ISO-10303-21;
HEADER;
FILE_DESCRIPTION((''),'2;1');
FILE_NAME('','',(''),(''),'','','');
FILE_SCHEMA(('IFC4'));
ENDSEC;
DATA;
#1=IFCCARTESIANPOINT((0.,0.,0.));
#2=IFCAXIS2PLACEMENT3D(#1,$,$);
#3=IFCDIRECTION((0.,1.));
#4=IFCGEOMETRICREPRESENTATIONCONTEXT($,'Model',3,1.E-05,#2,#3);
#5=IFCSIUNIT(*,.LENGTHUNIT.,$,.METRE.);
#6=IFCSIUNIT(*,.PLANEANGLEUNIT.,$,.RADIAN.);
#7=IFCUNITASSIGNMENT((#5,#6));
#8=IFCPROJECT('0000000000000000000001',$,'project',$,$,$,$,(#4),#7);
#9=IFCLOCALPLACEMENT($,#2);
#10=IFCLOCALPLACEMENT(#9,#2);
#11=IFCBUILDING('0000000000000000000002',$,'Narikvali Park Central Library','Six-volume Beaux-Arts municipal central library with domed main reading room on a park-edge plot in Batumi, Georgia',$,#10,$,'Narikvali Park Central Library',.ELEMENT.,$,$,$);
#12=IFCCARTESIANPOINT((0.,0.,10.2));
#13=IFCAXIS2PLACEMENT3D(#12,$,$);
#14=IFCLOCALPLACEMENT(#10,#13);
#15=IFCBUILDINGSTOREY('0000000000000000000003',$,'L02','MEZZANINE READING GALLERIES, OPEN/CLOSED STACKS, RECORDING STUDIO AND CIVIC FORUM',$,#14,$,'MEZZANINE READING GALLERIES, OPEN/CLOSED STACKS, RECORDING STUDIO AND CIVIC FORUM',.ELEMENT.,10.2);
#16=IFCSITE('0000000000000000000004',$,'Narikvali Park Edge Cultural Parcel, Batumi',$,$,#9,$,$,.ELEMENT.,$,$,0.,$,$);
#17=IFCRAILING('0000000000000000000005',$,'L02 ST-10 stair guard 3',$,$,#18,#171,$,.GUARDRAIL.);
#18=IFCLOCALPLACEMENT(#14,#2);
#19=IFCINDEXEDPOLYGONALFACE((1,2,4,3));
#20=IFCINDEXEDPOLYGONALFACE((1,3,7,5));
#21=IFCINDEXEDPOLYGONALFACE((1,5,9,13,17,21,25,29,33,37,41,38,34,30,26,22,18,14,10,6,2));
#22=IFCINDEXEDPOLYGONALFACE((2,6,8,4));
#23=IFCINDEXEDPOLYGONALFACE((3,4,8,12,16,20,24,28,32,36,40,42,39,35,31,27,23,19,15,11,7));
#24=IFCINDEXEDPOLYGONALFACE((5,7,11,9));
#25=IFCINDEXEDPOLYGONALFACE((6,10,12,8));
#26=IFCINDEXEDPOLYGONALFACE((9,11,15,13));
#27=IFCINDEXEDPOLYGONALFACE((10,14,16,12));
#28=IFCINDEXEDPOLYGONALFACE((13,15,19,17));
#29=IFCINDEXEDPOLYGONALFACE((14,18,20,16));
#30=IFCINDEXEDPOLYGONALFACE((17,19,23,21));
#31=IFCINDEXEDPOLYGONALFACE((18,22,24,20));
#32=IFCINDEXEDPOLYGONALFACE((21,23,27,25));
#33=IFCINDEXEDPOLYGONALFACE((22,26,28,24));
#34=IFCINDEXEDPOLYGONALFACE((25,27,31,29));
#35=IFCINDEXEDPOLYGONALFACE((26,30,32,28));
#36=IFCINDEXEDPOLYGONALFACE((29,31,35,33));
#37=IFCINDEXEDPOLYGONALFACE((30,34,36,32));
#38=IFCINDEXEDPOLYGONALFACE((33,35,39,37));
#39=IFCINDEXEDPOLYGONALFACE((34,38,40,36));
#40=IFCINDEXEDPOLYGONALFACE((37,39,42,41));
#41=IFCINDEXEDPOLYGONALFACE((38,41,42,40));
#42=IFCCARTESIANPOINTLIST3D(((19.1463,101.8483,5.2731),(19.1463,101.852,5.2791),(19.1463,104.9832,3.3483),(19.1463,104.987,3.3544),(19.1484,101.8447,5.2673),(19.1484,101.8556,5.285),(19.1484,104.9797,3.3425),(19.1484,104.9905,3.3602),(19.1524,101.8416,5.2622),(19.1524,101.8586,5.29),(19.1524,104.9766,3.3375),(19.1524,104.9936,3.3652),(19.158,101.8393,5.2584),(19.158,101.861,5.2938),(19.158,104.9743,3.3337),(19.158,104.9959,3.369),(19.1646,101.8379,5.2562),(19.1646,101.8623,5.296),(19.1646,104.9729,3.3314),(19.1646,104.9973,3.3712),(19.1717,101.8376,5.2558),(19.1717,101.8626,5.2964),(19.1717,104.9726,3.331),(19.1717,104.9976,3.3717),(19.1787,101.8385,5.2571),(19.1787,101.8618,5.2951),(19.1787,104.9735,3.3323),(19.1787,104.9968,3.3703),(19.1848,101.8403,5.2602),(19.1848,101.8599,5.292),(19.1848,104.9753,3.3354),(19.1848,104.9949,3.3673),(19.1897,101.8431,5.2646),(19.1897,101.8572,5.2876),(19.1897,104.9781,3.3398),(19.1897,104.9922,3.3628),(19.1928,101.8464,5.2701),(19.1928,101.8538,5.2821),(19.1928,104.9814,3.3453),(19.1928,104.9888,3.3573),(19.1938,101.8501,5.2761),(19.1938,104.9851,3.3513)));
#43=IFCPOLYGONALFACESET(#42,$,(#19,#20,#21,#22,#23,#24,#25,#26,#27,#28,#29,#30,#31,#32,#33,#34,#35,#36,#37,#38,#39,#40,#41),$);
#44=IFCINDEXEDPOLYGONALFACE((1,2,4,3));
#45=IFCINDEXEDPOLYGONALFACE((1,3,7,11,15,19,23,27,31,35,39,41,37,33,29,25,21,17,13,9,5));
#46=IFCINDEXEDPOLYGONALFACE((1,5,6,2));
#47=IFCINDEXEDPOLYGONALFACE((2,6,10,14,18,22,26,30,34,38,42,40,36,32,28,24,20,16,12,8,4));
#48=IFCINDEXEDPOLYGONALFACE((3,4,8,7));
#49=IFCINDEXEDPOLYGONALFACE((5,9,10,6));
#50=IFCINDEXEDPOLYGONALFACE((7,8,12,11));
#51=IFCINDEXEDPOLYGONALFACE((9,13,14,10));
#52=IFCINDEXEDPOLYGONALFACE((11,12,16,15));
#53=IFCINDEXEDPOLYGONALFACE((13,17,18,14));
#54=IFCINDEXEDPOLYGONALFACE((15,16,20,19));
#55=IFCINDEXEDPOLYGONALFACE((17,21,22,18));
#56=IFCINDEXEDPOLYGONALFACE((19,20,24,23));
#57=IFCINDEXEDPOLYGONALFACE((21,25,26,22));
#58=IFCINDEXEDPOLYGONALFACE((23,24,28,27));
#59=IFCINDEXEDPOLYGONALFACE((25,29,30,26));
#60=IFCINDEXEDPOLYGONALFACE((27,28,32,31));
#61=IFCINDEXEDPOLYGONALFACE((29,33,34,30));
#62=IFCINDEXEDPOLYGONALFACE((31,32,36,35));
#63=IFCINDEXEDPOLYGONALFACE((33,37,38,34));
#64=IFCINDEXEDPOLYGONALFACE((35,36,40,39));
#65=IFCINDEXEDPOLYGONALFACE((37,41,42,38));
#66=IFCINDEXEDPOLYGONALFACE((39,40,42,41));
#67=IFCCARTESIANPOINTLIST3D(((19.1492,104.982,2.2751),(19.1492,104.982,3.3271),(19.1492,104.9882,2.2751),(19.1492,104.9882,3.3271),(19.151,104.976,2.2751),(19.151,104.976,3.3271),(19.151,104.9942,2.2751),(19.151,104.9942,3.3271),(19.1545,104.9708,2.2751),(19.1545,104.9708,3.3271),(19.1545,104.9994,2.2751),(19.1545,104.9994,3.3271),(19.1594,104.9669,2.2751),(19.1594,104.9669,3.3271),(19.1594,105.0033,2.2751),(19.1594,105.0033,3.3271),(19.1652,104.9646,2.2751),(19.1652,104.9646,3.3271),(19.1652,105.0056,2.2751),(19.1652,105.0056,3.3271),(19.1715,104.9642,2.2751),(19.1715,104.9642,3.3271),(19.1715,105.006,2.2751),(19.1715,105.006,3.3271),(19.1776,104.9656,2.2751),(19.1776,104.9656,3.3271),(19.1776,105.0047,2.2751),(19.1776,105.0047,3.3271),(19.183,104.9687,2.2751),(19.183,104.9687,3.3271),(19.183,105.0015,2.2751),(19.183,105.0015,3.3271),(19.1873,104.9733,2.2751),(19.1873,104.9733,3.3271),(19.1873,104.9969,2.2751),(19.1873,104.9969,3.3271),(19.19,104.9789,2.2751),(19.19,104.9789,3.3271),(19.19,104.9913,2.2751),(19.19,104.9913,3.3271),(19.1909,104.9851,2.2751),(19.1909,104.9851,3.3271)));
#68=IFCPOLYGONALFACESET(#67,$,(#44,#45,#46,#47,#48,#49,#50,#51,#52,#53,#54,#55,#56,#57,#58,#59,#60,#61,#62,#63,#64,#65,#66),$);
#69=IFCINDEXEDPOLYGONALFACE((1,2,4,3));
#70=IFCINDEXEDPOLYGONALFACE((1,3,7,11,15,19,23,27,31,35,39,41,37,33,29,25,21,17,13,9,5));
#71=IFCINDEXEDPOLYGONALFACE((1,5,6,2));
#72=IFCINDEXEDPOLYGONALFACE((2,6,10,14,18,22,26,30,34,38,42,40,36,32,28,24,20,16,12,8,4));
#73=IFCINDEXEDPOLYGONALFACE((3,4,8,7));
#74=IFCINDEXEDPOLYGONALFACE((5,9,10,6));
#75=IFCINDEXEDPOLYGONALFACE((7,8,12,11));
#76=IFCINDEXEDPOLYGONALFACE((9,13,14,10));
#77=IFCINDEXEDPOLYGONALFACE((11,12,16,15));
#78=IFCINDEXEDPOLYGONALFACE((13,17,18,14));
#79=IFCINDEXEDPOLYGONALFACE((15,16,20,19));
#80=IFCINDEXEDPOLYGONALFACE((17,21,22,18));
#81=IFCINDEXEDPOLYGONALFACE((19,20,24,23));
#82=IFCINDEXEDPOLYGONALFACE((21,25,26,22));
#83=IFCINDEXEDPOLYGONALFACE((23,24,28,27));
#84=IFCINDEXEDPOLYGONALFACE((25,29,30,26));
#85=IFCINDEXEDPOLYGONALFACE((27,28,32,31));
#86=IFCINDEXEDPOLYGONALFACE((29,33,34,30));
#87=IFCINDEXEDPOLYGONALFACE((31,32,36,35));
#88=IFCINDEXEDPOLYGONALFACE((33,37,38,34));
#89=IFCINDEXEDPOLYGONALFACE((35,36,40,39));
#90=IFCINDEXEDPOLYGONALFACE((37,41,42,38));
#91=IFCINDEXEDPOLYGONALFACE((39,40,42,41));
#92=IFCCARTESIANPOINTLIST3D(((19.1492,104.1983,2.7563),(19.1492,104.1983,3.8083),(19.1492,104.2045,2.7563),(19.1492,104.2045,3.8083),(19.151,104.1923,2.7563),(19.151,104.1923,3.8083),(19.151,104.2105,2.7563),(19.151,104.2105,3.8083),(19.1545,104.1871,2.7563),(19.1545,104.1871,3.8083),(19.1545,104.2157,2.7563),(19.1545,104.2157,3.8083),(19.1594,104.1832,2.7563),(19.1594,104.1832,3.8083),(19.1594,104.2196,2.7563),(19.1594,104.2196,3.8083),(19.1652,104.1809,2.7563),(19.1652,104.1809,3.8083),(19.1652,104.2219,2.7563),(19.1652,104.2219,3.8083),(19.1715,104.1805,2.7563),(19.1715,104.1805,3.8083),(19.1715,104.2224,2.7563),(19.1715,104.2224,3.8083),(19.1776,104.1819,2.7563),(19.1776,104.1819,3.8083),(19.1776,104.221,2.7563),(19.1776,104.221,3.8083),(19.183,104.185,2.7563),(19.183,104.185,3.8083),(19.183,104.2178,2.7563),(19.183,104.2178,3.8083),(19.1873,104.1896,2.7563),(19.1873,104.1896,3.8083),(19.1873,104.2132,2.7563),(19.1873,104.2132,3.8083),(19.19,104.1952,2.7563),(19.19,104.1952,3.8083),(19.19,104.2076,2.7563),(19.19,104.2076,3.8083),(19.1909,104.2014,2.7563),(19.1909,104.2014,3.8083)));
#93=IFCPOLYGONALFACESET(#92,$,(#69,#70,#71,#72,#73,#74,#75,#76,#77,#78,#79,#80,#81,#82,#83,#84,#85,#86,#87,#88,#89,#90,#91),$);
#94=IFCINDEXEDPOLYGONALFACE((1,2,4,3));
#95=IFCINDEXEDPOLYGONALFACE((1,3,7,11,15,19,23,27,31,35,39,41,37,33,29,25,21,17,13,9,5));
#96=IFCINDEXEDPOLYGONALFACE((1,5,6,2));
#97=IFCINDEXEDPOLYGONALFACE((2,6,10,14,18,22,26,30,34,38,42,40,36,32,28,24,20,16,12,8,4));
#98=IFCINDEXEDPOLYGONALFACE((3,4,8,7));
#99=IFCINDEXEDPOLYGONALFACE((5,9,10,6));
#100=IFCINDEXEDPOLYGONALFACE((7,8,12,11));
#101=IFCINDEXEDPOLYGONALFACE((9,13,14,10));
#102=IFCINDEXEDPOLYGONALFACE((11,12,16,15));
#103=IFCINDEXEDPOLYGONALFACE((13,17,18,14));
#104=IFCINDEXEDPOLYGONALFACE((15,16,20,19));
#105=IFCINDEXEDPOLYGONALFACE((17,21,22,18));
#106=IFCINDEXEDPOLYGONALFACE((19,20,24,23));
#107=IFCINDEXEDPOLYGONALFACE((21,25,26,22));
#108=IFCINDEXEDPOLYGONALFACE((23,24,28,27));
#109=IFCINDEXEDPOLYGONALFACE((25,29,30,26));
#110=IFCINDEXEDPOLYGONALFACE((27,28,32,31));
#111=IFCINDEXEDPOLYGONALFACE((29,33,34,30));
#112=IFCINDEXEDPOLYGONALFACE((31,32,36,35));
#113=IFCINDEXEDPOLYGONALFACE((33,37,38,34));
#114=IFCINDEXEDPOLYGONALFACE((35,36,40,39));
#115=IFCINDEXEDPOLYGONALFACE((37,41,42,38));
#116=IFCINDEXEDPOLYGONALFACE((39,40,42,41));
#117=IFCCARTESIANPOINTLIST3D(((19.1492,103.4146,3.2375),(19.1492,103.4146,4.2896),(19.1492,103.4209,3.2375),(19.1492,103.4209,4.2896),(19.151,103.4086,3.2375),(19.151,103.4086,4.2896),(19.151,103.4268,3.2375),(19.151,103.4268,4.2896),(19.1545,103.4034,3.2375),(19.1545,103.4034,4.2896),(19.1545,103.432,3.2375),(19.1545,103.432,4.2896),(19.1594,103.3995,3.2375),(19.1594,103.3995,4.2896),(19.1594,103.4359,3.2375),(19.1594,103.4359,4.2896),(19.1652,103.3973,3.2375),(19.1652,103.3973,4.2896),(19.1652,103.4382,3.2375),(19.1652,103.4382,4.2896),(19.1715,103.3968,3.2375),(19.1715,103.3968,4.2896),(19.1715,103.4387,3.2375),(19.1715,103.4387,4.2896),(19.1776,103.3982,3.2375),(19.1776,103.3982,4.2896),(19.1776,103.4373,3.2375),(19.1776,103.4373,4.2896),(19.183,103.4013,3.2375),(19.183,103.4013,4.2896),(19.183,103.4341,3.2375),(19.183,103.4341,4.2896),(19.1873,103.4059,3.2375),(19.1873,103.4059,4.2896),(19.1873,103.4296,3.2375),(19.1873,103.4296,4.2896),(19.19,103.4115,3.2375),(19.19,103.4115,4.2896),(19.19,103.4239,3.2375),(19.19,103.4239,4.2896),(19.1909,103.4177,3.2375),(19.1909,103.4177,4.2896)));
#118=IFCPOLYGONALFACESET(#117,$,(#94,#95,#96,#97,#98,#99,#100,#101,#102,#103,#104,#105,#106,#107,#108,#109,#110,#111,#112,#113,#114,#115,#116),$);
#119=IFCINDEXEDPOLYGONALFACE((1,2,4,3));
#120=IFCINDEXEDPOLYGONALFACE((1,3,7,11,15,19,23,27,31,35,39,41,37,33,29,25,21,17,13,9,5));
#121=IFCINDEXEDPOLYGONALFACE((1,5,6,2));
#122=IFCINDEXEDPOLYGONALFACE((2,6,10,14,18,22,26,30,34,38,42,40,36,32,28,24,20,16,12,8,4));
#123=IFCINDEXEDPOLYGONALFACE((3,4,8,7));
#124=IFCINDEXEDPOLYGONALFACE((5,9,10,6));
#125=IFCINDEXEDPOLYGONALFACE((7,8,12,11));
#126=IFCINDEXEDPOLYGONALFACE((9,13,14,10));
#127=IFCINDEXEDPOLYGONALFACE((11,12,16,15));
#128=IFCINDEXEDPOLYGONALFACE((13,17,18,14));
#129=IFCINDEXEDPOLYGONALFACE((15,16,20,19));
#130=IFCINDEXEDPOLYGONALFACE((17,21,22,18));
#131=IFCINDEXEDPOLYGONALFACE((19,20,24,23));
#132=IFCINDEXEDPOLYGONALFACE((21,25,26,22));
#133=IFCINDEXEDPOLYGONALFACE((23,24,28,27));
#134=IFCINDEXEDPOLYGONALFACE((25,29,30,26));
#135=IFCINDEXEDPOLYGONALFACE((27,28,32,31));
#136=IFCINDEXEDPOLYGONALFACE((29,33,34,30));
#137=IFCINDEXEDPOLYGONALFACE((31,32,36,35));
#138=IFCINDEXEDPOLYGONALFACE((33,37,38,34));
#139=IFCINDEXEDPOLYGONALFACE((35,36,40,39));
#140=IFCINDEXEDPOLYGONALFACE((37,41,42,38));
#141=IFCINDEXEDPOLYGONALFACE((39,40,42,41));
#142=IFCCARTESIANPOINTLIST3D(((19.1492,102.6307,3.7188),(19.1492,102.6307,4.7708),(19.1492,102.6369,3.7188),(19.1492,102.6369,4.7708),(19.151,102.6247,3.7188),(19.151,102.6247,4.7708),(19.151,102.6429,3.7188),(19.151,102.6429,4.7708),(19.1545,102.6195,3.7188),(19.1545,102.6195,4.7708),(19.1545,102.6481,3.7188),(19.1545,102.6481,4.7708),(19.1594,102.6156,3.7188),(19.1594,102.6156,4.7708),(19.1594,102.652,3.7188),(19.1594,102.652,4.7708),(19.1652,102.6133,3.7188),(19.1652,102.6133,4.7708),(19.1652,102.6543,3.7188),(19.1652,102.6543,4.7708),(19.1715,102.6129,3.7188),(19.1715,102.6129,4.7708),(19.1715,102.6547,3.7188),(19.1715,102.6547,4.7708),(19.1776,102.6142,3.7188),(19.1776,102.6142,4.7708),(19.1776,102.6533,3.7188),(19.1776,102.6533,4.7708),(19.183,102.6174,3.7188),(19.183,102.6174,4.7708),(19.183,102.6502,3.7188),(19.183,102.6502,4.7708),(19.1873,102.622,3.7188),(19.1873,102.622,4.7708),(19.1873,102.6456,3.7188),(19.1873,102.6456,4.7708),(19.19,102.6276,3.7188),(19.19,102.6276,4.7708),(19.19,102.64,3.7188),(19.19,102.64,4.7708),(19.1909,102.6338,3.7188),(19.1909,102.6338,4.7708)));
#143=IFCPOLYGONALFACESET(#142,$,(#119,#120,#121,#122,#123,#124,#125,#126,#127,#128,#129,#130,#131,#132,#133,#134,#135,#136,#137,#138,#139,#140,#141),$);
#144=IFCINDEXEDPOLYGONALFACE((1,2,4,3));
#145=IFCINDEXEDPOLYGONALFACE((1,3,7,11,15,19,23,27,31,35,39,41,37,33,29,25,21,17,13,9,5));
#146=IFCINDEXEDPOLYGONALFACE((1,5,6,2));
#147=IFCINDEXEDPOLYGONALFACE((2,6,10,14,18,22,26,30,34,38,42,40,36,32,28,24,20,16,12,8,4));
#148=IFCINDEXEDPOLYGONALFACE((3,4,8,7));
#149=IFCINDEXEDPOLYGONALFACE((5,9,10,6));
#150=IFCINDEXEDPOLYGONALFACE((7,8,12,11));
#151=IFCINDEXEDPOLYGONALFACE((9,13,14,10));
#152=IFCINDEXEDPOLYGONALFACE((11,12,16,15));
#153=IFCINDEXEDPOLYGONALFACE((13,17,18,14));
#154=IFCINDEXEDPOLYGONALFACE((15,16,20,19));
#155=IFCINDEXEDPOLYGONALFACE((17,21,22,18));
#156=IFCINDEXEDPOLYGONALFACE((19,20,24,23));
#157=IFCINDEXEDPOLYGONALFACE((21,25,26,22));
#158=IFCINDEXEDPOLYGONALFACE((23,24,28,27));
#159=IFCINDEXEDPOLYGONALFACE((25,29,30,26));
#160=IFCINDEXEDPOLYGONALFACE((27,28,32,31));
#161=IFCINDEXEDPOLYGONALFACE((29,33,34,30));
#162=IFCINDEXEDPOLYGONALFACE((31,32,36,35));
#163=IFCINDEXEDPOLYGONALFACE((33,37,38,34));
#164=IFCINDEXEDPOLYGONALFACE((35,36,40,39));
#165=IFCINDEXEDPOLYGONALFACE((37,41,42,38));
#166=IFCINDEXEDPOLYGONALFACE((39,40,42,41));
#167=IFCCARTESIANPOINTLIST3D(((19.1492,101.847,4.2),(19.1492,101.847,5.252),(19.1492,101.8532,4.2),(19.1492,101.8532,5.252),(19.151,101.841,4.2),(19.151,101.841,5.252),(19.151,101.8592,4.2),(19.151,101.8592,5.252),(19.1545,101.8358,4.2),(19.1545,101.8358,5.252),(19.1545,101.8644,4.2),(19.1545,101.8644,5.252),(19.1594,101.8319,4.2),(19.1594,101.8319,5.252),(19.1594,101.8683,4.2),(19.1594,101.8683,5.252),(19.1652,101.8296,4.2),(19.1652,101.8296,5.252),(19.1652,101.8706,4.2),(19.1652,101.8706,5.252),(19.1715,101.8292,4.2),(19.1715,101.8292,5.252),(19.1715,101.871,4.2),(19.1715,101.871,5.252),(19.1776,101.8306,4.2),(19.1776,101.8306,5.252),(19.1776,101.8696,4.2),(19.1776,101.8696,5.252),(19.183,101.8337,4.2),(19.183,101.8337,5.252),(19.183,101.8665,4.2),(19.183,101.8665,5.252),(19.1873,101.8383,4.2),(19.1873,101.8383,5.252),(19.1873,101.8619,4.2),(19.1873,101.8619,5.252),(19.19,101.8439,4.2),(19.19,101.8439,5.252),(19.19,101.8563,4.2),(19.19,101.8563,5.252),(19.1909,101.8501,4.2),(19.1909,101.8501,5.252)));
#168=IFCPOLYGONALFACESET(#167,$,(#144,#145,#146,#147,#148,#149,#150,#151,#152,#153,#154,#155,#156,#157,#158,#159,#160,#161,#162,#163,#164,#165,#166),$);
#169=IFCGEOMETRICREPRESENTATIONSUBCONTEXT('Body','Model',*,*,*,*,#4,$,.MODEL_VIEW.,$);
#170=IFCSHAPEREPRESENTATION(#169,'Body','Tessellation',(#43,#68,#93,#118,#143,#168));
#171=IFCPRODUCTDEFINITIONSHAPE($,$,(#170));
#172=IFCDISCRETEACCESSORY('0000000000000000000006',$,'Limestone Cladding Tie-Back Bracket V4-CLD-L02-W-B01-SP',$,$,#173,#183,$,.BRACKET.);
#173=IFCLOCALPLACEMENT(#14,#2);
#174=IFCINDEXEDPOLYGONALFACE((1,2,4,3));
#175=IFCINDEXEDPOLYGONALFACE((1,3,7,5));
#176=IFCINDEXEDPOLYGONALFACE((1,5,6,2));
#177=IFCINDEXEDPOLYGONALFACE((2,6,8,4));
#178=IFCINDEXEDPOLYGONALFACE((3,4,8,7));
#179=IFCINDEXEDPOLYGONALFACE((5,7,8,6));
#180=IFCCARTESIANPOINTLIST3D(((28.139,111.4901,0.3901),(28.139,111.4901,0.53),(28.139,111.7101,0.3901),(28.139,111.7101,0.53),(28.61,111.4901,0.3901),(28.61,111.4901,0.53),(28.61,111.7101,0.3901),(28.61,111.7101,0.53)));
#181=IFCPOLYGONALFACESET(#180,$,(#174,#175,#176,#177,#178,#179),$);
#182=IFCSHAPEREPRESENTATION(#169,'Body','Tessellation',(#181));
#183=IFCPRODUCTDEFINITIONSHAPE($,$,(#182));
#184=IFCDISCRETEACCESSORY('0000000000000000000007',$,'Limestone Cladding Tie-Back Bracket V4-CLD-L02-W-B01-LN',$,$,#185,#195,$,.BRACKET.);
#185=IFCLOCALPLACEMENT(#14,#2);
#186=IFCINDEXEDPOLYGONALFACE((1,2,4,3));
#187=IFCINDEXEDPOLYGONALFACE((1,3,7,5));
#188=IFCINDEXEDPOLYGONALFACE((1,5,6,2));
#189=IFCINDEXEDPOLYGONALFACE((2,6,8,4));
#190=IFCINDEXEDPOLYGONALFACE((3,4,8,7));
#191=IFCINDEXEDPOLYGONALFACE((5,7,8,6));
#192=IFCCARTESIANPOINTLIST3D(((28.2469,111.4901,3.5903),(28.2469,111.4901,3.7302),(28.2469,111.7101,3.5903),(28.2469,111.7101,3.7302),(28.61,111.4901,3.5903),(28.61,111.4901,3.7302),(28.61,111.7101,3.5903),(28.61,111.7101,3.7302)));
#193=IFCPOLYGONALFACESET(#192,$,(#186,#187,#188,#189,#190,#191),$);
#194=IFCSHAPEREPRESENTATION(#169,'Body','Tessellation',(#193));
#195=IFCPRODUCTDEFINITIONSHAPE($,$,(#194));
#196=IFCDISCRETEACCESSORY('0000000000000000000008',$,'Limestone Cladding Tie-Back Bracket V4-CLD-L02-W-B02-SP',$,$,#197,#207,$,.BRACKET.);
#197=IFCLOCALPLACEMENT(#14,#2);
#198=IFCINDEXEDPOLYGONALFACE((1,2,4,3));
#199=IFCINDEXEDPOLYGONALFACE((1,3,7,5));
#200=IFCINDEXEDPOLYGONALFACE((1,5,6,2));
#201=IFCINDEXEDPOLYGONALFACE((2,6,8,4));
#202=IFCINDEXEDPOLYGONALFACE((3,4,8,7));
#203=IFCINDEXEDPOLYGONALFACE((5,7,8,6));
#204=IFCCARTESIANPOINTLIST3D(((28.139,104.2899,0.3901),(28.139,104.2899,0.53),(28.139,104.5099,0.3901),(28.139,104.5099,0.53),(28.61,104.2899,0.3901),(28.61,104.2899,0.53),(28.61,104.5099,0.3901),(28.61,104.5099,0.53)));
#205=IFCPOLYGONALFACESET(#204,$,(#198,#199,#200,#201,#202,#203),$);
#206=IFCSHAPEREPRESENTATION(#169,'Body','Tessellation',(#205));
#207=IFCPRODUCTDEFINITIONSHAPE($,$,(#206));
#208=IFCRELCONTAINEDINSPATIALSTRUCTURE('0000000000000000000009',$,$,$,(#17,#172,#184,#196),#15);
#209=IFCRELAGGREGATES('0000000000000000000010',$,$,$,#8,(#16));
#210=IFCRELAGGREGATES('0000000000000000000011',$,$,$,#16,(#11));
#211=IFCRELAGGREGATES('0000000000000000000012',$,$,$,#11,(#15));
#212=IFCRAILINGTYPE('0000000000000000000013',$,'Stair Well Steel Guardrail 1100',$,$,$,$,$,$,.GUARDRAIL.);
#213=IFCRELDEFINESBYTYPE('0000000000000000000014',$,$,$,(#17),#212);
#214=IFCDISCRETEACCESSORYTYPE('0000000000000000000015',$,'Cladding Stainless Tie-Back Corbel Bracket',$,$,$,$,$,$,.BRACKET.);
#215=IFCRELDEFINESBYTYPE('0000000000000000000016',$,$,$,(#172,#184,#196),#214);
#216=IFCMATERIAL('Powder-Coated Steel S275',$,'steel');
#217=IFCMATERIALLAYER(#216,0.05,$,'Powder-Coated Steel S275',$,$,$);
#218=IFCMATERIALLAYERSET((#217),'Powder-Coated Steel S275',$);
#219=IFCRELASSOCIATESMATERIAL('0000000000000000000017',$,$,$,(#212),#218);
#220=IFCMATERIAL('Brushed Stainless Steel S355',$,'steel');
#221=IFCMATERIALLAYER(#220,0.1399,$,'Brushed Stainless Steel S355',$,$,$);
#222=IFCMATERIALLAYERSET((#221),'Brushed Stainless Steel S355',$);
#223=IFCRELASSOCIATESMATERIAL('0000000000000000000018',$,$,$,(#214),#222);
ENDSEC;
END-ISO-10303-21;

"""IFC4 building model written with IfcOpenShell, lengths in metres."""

from ifc_helpers import new_model, si_unit, direction, frame, origin, origin_2d, place, context, subcontext, project, spatial, rectangle, circle, extrude, material, layer, layer_set, type_object, element, save


model = new_model("IFC4")

# Units and contexts
model_context = context("Model", 3, precision=1e-05, world=origin(), true_north=direction((0.0, 1.0)))
body_context = subcontext(model_context, "Body", "Model", "MODEL_VIEW")
ifc_project = project(units=[si_unit("LENGTHUNIT", "METRE"), si_unit("PLANEANGLEUNIT", "RADIAN")], contexts=[model_context])

# Site, building, storey
site_placement = place(None, origin())
site = spatial("IfcSite", under=ifc_project, at=site_placement, Name="Narikvali Park Edge Cultural Parcel, Batumi", CompositionType="ELEMENT", RefElevation=0.0)
building_placement = place(site_placement, origin())
building = spatial("IfcBuilding", under=site, at=building_placement, Name="Narikvali Park Central Library", Description="Six-volume Beaux-Arts municipal central library with domed main reading room on a park-edge plot in Batumi, Georgia", LongName="Narikvali Park Central Library", CompositionType="ELEMENT")
storey_placement = place(building_placement, frame((0.0, 0.0, 10.2)))
storey = spatial("IfcBuildingStorey", under=building, at=storey_placement, Name="L02", Description="MEZZANINE READING GALLERIES, OPEN/CLOSED STACKS, RECORDING STUDIO AND CIVIC FORUM", LongName="MEZZANINE READING GALLERIES, OPEN/CLOSED STACKS, RECORDING STUDIO AND CIVIC FORUM", CompositionType="ELEMENT", Elevation=10.2)

# Railing
ifc_material_1 = material(Name="Brushed Stainless Steel S355", Category="steel")
ifc_material_2 = material(Name="Powder-Coated Steel S275", Category="steel")
ifc_layer_1 = layer(ifc_material_2, 0.05, Name="Powder-Coated Steel S275")
ifc_layer_set_1 = layer_set([ifc_layer_1], Name="Powder-Coated Steel S275")
railing_type_1 = type_object("IfcRailingType", Name="Stair Well Steel Guardrail 1100", PredefinedType="GUARDRAIL", material=ifc_layer_set_1)
railing_1_placement = place(storey_placement, frame((19.1699, 104.9851, 2.2751)))
element("IfcRailing", 1, at=railing_1_placement, inside=storey, type_object=railing_type_1, Name="L02 ST-10 stair guard 3", PredefinedType="GUARDRAIL", context=body_context, shape_type="SweptSolid", body=[
    extrude(circle(Radius=0.0239, at=origin_2d()), frame((0.0, 0.0, 1.0762), z_axis=(0.0, -0.852196, 0.523223), x_axis=(1.0, 0.0, 0.0)), (0.0, 0.0, 1.0), 3.6787),
    extrude(circle(Radius=0.021, at=origin_2d()), origin(), (0.0, 0.0, 1.0), 1.052),
    extrude(circle(Radius=0.021, at=origin_2d()), frame((0.0, -0.7837, 0.4812)), (0.0, 0.0, 1.0), 1.052),
    extrude(circle(Radius=0.021, at=origin_2d()), frame((0.0, -1.5674, 0.9624)), (0.0, 0.0, 1.0), 1.052),
    extrude(circle(Radius=0.021, at=origin_2d()), frame((0.0, -2.3513, 1.4436)), (0.0, 0.0, 1.0), 1.052),
    extrude(circle(Radius=0.021, at=origin_2d()), frame((0.0, -3.135, 1.9248)), (0.0, 0.0, 1.0), 1.052),
])

# Discrete accessories
ifc_layer_2 = layer(ifc_material_1, 0.1399, Name="Brushed Stainless Steel S355")
ifc_layer_set_2 = layer_set([ifc_layer_2], Name="Brushed Stainless Steel S355")
discrete_accessory_type = type_object("IfcDiscreteAccessoryType", Name="Cladding Stainless Tie-Back Corbel Bracket", PredefinedType="BRACKET", material=ifc_layer_set_2)
discrete_accessory_1_placement = place(storey_placement, frame((28.3745, 111.6001, 0.3901), z_axis=(0.0, 0.0, 1.0), x_axis=(1.0, 0.0, 0.0)))
element("IfcDiscreteAccessory", 2, at=discrete_accessory_1_placement, inside=storey, type_object=discrete_accessory_type, Name="Limestone Cladding Tie-Back Bracket V4-CLD-L02-W-B01-SP", PredefinedType="BRACKET", context=body_context, shape_type="SweptSolid", body=[
    extrude(rectangle(XDim=0.4709, YDim=0.22, at=origin_2d()), origin(), (0.0, 0.0, 1.0), 0.1399),
])
discrete_accessory_2_placement = place(storey_placement, frame((28.4285, 111.6001, 3.5903), z_axis=(0.0, 0.0, 1.0), x_axis=(1.0, 0.0, 0.0)))
element("IfcDiscreteAccessory", 3, at=discrete_accessory_2_placement, inside=storey, type_object=discrete_accessory_type, Name="Limestone Cladding Tie-Back Bracket V4-CLD-L02-W-B01-LN", PredefinedType="BRACKET", context=body_context, shape_type="SweptSolid", body=[
    extrude(rectangle(XDim=0.363, YDim=0.22, at=origin_2d()), origin(), (0.0, 0.0, 1.0), 0.1399),
])
discrete_accessory_3_placement = place(storey_placement, frame((28.3745, 104.3999, 0.3901), z_axis=(0.0, 0.0, 1.0), x_axis=(1.0, 0.0, 0.0)))
element("IfcDiscreteAccessory", 4, at=discrete_accessory_3_placement, inside=storey, type_object=discrete_accessory_type, Name="Limestone Cladding Tie-Back Bracket V4-CLD-L02-W-B02-SP", PredefinedType="BRACKET", context=body_context, shape_type="SweptSolid", body=[
    extrude(rectangle(XDim=0.4709, YDim=0.22, at=origin_2d()), origin(), (0.0, 0.0, 1.0), 0.1399),
])

save(model, "model.ifc")
